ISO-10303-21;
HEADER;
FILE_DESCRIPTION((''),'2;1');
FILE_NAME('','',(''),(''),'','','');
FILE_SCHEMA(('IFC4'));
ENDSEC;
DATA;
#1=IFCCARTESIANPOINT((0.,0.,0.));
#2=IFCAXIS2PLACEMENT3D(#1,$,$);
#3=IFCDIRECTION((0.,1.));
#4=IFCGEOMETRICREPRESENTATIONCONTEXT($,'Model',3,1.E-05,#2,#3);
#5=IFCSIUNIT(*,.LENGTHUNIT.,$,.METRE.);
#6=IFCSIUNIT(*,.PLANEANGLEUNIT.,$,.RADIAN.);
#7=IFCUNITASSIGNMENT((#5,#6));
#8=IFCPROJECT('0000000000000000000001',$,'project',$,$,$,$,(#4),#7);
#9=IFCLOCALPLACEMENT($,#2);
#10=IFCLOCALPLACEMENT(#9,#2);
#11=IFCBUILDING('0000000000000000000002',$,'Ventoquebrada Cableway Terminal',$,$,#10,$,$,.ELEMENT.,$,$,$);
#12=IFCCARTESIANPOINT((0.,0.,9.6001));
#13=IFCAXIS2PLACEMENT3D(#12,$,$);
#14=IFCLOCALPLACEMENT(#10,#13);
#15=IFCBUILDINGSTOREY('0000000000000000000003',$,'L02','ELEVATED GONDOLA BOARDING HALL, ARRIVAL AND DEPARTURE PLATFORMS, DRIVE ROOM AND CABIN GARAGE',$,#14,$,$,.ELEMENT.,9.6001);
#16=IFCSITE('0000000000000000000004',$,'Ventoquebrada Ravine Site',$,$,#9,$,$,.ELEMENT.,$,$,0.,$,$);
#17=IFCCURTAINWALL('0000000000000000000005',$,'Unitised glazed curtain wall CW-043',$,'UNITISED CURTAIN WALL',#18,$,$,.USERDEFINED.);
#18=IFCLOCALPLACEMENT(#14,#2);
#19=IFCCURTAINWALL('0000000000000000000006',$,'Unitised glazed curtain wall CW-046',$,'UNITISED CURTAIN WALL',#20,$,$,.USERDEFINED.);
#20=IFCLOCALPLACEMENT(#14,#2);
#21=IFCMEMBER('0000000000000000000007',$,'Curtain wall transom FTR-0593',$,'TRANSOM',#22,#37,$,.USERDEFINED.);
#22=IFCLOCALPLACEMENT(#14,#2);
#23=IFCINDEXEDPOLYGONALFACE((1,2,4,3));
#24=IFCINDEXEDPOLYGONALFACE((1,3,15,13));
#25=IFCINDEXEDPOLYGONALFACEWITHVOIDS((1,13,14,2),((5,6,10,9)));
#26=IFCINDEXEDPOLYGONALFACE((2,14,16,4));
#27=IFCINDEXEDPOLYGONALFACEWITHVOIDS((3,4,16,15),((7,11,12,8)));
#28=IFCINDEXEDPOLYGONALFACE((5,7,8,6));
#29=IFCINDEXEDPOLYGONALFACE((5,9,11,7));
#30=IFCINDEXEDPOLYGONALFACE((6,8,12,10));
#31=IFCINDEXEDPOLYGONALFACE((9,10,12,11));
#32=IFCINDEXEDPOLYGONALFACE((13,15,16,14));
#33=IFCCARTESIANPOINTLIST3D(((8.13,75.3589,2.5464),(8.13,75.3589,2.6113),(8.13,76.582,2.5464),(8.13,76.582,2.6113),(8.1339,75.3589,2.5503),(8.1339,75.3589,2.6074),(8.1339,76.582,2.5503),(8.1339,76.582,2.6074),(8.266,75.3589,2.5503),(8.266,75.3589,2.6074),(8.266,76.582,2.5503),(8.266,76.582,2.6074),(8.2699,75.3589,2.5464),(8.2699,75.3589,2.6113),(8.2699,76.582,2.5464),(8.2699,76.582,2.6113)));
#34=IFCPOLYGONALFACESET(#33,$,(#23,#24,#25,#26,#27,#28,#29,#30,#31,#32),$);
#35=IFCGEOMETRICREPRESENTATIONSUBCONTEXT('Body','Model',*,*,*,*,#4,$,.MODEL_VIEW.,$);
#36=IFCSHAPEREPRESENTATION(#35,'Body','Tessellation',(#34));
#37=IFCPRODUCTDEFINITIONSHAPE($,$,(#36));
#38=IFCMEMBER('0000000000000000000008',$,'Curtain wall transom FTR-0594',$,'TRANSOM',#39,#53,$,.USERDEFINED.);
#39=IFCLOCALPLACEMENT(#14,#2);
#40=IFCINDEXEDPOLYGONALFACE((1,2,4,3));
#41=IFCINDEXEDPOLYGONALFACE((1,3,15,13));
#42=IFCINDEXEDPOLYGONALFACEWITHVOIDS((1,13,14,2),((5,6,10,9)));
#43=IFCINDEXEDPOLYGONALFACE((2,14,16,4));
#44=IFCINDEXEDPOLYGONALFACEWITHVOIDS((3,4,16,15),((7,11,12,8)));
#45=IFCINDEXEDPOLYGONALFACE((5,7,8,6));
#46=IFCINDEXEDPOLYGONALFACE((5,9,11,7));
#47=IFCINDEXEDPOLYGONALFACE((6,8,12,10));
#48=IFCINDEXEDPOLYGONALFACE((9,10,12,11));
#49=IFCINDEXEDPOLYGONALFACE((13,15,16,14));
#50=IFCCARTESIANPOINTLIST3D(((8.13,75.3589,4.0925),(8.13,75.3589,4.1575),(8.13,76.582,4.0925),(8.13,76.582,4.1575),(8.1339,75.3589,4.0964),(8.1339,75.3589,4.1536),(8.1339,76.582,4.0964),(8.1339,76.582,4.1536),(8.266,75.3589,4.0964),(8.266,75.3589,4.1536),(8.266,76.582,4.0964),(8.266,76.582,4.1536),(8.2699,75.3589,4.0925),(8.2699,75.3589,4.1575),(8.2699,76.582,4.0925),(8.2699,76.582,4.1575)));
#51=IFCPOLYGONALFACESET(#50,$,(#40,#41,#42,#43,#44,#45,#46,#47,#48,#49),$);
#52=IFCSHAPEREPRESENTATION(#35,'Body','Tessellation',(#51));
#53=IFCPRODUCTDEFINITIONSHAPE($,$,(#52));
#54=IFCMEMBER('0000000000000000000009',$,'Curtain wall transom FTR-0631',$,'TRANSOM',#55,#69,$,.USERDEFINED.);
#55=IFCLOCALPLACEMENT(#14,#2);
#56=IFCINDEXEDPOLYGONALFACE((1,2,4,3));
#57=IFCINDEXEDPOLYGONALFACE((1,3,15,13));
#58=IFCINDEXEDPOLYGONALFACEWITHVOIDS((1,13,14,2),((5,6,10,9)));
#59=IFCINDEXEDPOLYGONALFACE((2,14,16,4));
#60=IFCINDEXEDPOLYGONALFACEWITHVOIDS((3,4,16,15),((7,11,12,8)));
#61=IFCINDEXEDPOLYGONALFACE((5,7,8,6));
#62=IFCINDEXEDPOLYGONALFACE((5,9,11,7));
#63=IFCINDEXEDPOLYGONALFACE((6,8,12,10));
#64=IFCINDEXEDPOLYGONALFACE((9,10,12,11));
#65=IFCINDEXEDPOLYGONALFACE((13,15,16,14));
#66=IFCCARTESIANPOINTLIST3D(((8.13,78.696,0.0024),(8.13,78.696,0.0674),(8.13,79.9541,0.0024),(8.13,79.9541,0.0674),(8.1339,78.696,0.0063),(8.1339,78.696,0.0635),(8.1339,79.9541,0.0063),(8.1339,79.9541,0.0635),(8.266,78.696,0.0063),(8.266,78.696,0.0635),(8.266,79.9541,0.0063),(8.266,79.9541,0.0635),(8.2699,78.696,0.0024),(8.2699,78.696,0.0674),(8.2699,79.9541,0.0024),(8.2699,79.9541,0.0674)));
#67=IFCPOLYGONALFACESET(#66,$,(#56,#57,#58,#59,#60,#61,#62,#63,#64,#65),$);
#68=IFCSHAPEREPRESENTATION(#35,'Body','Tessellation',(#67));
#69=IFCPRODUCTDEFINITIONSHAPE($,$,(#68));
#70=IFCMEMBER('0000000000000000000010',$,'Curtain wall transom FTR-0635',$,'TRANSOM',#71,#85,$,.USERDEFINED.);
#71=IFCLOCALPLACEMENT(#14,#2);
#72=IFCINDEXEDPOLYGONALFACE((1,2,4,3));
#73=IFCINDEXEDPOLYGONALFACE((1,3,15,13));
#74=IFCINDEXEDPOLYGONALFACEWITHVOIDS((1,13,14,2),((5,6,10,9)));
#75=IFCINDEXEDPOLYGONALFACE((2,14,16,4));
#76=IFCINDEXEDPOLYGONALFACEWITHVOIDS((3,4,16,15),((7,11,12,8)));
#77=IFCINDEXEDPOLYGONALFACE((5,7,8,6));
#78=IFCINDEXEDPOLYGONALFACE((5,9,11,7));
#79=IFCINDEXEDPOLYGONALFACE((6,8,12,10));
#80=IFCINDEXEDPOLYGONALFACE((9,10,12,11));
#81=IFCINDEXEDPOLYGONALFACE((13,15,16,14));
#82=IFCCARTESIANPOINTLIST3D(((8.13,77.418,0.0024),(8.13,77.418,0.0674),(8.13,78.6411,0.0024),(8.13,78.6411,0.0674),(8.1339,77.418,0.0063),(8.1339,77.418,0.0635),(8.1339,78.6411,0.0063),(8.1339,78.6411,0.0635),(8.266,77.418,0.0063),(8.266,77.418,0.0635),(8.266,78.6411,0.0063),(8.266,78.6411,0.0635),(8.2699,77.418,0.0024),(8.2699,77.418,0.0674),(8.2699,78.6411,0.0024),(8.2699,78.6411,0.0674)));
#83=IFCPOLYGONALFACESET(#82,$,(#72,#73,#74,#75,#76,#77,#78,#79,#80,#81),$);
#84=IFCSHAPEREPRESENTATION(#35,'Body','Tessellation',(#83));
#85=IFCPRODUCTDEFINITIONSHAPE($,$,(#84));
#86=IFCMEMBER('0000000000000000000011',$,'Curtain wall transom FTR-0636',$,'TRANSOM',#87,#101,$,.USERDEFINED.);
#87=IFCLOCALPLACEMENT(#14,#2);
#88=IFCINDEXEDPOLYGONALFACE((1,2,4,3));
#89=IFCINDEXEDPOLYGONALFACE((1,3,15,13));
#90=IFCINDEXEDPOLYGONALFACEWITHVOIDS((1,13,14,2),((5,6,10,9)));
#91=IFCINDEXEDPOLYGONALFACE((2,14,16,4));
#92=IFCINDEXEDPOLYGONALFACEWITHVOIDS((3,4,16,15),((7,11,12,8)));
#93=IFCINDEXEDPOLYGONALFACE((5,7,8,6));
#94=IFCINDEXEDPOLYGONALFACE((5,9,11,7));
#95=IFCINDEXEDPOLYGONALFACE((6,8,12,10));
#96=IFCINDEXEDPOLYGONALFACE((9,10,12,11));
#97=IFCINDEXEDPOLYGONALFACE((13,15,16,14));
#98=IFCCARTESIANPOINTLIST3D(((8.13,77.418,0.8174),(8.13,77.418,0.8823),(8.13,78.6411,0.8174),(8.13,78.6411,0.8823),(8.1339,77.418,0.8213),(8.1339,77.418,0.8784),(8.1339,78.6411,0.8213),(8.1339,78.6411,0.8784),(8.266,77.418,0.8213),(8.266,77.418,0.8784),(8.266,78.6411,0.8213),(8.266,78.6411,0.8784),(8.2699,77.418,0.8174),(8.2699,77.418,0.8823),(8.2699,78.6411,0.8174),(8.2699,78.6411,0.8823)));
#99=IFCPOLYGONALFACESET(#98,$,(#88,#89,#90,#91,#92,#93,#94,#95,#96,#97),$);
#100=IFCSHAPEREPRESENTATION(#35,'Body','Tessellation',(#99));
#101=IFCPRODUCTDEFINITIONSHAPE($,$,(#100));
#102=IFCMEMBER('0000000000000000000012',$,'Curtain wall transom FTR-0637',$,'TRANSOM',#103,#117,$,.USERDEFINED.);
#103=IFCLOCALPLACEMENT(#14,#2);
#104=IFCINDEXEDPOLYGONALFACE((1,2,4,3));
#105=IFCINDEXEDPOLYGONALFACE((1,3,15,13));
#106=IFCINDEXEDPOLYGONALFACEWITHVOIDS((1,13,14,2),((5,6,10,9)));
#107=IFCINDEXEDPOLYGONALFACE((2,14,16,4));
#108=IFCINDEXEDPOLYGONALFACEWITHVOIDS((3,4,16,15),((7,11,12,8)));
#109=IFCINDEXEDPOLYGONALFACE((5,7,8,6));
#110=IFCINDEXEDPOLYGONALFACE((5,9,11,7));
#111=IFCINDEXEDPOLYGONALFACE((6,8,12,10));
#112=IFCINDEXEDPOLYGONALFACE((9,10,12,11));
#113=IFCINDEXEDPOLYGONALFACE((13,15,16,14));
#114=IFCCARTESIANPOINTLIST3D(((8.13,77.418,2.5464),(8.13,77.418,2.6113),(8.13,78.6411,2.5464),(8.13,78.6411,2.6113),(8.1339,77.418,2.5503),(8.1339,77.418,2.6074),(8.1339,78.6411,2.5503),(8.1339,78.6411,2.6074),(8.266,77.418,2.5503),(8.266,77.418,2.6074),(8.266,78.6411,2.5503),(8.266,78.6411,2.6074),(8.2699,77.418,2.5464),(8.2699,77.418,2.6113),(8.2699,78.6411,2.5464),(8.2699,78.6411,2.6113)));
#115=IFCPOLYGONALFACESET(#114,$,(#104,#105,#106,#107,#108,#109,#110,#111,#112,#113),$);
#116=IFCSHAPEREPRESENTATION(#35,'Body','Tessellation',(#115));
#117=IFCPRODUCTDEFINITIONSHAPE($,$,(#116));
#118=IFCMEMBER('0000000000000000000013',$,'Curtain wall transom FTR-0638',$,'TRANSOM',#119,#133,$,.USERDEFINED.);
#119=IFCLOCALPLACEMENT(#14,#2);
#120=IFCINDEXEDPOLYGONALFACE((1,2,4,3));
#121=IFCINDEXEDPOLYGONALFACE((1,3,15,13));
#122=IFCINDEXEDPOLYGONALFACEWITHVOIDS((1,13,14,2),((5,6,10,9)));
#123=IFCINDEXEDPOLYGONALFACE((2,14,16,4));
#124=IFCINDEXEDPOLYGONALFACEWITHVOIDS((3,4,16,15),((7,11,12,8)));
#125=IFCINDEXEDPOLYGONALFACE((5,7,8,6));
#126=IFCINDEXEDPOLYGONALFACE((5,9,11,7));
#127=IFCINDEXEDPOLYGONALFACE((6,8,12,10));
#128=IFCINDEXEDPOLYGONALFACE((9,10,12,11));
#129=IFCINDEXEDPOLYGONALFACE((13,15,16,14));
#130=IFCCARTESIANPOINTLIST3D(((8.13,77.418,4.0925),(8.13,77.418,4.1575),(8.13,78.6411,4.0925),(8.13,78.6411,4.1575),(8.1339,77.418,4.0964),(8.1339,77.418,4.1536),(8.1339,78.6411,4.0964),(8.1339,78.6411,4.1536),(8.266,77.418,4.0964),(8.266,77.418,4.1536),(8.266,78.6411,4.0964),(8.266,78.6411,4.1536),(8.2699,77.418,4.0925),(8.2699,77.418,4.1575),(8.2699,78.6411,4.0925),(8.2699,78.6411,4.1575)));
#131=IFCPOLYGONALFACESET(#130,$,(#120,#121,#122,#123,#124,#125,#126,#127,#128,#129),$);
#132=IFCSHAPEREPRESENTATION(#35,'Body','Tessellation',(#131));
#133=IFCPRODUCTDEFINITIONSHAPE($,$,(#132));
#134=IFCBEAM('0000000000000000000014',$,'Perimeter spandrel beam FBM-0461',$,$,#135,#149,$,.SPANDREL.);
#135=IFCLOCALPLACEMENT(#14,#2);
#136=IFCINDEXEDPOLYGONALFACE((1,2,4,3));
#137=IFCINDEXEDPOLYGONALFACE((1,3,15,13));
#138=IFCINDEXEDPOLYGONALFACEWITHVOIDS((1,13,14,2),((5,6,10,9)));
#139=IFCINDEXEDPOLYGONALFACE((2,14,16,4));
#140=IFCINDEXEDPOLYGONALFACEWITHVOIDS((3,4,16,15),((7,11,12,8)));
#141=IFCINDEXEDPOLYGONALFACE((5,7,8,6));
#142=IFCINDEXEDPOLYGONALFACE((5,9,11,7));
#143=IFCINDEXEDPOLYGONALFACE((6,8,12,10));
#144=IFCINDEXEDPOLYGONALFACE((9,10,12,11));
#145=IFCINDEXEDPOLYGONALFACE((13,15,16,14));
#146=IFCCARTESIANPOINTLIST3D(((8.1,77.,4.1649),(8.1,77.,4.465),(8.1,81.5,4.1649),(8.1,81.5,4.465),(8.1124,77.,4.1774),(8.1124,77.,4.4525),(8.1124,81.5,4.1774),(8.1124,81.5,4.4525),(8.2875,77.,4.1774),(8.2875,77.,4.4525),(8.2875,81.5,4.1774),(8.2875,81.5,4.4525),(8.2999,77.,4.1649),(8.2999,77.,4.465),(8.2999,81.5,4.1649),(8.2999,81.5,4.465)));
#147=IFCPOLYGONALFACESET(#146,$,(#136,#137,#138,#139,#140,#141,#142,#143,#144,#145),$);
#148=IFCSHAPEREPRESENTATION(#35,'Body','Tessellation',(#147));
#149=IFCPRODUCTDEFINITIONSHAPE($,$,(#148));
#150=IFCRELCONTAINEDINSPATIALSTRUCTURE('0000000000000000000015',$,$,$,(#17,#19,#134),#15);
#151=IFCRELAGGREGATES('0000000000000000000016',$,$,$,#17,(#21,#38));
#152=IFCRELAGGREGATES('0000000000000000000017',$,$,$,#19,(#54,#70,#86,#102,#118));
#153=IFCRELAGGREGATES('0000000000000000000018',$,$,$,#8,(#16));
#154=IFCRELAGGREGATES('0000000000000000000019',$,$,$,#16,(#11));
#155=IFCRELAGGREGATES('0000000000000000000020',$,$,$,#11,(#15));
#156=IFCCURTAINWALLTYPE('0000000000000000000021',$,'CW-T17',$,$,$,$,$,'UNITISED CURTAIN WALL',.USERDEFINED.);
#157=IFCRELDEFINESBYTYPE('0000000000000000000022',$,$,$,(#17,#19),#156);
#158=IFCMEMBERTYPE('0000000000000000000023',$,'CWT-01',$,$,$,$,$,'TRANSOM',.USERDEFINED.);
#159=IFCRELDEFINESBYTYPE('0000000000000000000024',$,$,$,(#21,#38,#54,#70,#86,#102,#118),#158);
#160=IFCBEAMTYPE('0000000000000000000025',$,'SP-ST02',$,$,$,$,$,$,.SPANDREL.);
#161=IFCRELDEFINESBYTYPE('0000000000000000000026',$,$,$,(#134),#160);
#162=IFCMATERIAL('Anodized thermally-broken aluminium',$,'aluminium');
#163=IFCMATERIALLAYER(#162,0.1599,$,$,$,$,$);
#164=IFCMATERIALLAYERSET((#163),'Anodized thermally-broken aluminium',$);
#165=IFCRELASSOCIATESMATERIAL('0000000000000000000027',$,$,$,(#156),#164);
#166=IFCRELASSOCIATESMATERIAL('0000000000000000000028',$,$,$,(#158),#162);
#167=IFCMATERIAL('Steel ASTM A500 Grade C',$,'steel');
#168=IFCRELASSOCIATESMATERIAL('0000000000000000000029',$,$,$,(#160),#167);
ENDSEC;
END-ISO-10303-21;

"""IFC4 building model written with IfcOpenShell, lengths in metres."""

from ifc_helpers import new_model, si_unit, direction, frame, origin, origin_2d, place, context, subcontext, project, spatial, hollow_rectangle, extrude, material, layer, layer_set, material_profile, profile_set, type_object, element, aggregate, save


model = new_model("IFC4")

# Units and contexts
model_context = context("Model", 3, precision=1e-05, world=origin(), true_north=direction((0.0, 1.0)))
body_context = subcontext(model_context, "Body", "Model", "MODEL_VIEW")
ifc_project = project(units=[si_unit("LENGTHUNIT", "METRE"), si_unit("PLANEANGLEUNIT", "RADIAN")], contexts=[model_context])

# Site, building, storey
site_placement = place(None, origin())
site = spatial("IfcSite", under=ifc_project, at=site_placement, Name="Ventoquebrada Ravine Site", CompositionType="ELEMENT", RefElevation=0.0)
building_placement = place(site_placement, origin())
building = spatial("IfcBuilding", under=site, at=building_placement, Name="Ventoquebrada Cableway Terminal", CompositionType="ELEMENT")
storey_placement = place(building_placement, frame((0.0, 0.0, 9.6001)))
storey = spatial("IfcBuildingStorey", under=building, at=storey_placement, Name="L02", Description="ELEVATED GONDOLA BOARDING HALL, ARRIVAL AND DEPARTURE PLATFORMS, DRIVE ROOM AND CABIN GARAGE", CompositionType="ELEMENT", Elevation=9.6001)

# Curtain wall
ifc_material_1 = material(Name="Anodized thermally-broken aluminium", Category="aluminium")
ifc_layer_1 = layer(ifc_material_1, 0.1599)
ifc_layer_set_1 = layer_set([ifc_layer_1], Name="Anodized thermally-broken aluminium")
curtain_wall_type = type_object("IfcCurtainWallType", Name="CW-T17", ElementType="UNITISED CURTAIN WALL", PredefinedType="USERDEFINED", material=ifc_layer_set_1)
curtain_wall_1_placement = place(storey_placement, origin())
curtain_wall_1 = element("IfcCurtainWall", 1, at=curtain_wall_1_placement, inside=storey, type_object=curtain_wall_type, Name="Unitised glazed curtain wall CW-043", ObjectType="UNITISED CURTAIN WALL", PredefinedType="USERDEFINED")

# Curtain wall
curtain_wall_2_placement = place(storey_placement, origin())
curtain_wall_2 = element("IfcCurtainWall", 2, at=curtain_wall_2_placement, inside=storey, type_object=curtain_wall_type, Name="Unitised glazed curtain wall CW-046", ObjectType="UNITISED CURTAIN WALL", PredefinedType="USERDEFINED")

# Members
ifc_material_profile_1 = material_profile(ifc_material_1, hollow_rectangle(XDim=0.0649, YDim=0.1399, WallThickness=0.0039, at=origin_2d()), Name="CW-TRN-65X140")
ifc_profile_set_1 = profile_set([ifc_material_profile_1], Name="Anodized thermally-broken aluminium")
member_type_1 = type_object("IfcMemberType", Name="CWT-01", ElementType="TRANSOM", PredefinedType="USERDEFINED", material=ifc_profile_set_1)
member_1_placement = place(storey_placement, frame((8.2, 76.582, 2.5789), z_axis=(0.0, -1.0, 0.0), x_axis=(0.0, 0.0, 1.0)))
member_1 = element("IfcMember", 3, at=member_1_placement, type_object=member_type_1, Name="Curtain wall transom FTR-0593", ObjectType="TRANSOM", PredefinedType="USERDEFINED", context=body_context, shape_type="SweptSolid", body=[
    extrude(hollow_rectangle(XDim=0.0649, YDim=0.1399, WallThickness=0.0039, at=origin_2d()), origin(), (0.0, 0.0, 1.0), 1.2231),
])
member_2_placement = place(storey_placement, frame((8.2, 76.582, 4.125), z_axis=(0.0, -1.0, 0.0), x_axis=(0.0, 0.0, 1.0)))
member_2 = element("IfcMember", 4, at=member_2_placement, type_object=member_type_1, Name="Curtain wall transom FTR-0594", ObjectType="TRANSOM", PredefinedType="USERDEFINED", context=body_context, shape_type="SweptSolid", body=[
    extrude(hollow_rectangle(XDim=0.0649, YDim=0.1399, WallThickness=0.0039, at=origin_2d()), origin(), (0.0, 0.0, 1.0), 1.2231),
])
member_3_placement = place(storey_placement, frame((8.2, 79.9541, 0.0349), z_axis=(0.0, -1.0, 0.0), x_axis=(0.0, 0.0, 1.0)))
member_3 = element("IfcMember", 5, at=member_3_placement, type_object=member_type_1, Name="Curtain wall transom FTR-0631", ObjectType="TRANSOM", PredefinedType="USERDEFINED", context=body_context, shape_type="SweptSolid", body=[
    extrude(hollow_rectangle(XDim=0.0649, YDim=0.1399, WallThickness=0.0039, at=origin_2d()), origin(), (0.0, 0.0, 1.0), 1.2581),
])
member_4_placement = place(storey_placement, frame((8.2, 78.6411, 0.0349), z_axis=(0.0, -1.0, 0.0), x_axis=(0.0, 0.0, 1.0)))
member_4 = element("IfcMember", 6, at=member_4_placement, type_object=member_type_1, Name="Curtain wall transom FTR-0635", ObjectType="TRANSOM", PredefinedType="USERDEFINED", context=body_context, shape_type="SweptSolid", body=[
    extrude(hollow_rectangle(XDim=0.0649, YDim=0.1399, WallThickness=0.0039, at=origin_2d()), origin(), (0.0, 0.0, 1.0), 1.2231),
])
member_5_placement = place(storey_placement, frame((8.2, 78.6411, 0.8499), z_axis=(0.0, -1.0, 0.0), x_axis=(0.0, 0.0, 1.0)))
member_5 = element("IfcMember", 7, at=member_5_placement, type_object=member_type_1, Name="Curtain wall transom FTR-0636", ObjectType="TRANSOM", PredefinedType="USERDEFINED", context=body_context, shape_type="SweptSolid", body=[
    extrude(hollow_rectangle(XDim=0.0649, YDim=0.1399, WallThickness=0.0039, at=origin_2d()), origin(), (0.0, 0.0, 1.0), 1.2231),
])
member_6_placement = place(storey_placement, frame((8.2, 78.6411, 2.5789), z_axis=(0.0, -1.0, 0.0), x_axis=(0.0, 0.0, 1.0)))
member_6 = element("IfcMember", 8, at=member_6_placement, type_object=member_type_1, Name="Curtain wall transom FTR-0637", ObjectType="TRANSOM", PredefinedType="USERDEFINED", context=body_context, shape_type="SweptSolid", body=[
    extrude(hollow_rectangle(XDim=0.0649, YDim=0.1399, WallThickness=0.0039, at=origin_2d()), origin(), (0.0, 0.0, 1.0), 1.2231),
])
member_7_placement = place(storey_placement, frame((8.2, 78.6411, 4.125), z_axis=(0.0, -1.0, 0.0), x_axis=(0.0, 0.0, 1.0)))
member_7 = element("IfcMember", 9, at=member_7_placement, type_object=member_type_1, Name="Curtain wall transom FTR-0638", ObjectType="TRANSOM", PredefinedType="USERDEFINED", context=body_context, shape_type="SweptSolid", body=[
    extrude(hollow_rectangle(XDim=0.0649, YDim=0.1399, WallThickness=0.0039, at=origin_2d()), origin(), (0.0, 0.0, 1.0), 1.2231),
])

# Beam
ifc_material_2 = material(Name="Steel ASTM A500 Grade C", Category="steel")
ifc_material_profile_2 = material_profile(ifc_material_2, hollow_rectangle(XDim=0.2, YDim=0.3, WallThickness=0.0125, at=origin_2d()), Name="RHS300X200X12.5")
ifc_profile_set_2 = profile_set([ifc_material_profile_2], Name="Steel ASTM A500 Grade C")
beam_type_1 = type_object("IfcBeamType", Name="SP-ST02", PredefinedType="SPANDREL", material=ifc_profile_set_2)
beam_1_placement = place(storey_placement, frame((8.2, 77.0, 4.3149), z_axis=(0.0, 1.0, 0.0), x_axis=(-1.0, 0.0, 0.0)))
element("IfcBeam", 10, at=beam_1_placement, inside=storey, type_object=beam_type_1, Name="Perimeter spandrel beam FBM-0461", PredefinedType="SPANDREL", context=body_context, shape_type="SweptSolid", body=[
    extrude(hollow_rectangle(XDim=0.2, YDim=0.3, WallThickness=0.0125, at=origin_2d()), origin(), (0.0, 0.0, 1.0), 4.5),
])

aggregate(curtain_wall_1, [member_1, member_2])
aggregate(curtain_wall_2, [member_3, member_4, member_5, member_6, member_7])

save(model, "model.ifc")
